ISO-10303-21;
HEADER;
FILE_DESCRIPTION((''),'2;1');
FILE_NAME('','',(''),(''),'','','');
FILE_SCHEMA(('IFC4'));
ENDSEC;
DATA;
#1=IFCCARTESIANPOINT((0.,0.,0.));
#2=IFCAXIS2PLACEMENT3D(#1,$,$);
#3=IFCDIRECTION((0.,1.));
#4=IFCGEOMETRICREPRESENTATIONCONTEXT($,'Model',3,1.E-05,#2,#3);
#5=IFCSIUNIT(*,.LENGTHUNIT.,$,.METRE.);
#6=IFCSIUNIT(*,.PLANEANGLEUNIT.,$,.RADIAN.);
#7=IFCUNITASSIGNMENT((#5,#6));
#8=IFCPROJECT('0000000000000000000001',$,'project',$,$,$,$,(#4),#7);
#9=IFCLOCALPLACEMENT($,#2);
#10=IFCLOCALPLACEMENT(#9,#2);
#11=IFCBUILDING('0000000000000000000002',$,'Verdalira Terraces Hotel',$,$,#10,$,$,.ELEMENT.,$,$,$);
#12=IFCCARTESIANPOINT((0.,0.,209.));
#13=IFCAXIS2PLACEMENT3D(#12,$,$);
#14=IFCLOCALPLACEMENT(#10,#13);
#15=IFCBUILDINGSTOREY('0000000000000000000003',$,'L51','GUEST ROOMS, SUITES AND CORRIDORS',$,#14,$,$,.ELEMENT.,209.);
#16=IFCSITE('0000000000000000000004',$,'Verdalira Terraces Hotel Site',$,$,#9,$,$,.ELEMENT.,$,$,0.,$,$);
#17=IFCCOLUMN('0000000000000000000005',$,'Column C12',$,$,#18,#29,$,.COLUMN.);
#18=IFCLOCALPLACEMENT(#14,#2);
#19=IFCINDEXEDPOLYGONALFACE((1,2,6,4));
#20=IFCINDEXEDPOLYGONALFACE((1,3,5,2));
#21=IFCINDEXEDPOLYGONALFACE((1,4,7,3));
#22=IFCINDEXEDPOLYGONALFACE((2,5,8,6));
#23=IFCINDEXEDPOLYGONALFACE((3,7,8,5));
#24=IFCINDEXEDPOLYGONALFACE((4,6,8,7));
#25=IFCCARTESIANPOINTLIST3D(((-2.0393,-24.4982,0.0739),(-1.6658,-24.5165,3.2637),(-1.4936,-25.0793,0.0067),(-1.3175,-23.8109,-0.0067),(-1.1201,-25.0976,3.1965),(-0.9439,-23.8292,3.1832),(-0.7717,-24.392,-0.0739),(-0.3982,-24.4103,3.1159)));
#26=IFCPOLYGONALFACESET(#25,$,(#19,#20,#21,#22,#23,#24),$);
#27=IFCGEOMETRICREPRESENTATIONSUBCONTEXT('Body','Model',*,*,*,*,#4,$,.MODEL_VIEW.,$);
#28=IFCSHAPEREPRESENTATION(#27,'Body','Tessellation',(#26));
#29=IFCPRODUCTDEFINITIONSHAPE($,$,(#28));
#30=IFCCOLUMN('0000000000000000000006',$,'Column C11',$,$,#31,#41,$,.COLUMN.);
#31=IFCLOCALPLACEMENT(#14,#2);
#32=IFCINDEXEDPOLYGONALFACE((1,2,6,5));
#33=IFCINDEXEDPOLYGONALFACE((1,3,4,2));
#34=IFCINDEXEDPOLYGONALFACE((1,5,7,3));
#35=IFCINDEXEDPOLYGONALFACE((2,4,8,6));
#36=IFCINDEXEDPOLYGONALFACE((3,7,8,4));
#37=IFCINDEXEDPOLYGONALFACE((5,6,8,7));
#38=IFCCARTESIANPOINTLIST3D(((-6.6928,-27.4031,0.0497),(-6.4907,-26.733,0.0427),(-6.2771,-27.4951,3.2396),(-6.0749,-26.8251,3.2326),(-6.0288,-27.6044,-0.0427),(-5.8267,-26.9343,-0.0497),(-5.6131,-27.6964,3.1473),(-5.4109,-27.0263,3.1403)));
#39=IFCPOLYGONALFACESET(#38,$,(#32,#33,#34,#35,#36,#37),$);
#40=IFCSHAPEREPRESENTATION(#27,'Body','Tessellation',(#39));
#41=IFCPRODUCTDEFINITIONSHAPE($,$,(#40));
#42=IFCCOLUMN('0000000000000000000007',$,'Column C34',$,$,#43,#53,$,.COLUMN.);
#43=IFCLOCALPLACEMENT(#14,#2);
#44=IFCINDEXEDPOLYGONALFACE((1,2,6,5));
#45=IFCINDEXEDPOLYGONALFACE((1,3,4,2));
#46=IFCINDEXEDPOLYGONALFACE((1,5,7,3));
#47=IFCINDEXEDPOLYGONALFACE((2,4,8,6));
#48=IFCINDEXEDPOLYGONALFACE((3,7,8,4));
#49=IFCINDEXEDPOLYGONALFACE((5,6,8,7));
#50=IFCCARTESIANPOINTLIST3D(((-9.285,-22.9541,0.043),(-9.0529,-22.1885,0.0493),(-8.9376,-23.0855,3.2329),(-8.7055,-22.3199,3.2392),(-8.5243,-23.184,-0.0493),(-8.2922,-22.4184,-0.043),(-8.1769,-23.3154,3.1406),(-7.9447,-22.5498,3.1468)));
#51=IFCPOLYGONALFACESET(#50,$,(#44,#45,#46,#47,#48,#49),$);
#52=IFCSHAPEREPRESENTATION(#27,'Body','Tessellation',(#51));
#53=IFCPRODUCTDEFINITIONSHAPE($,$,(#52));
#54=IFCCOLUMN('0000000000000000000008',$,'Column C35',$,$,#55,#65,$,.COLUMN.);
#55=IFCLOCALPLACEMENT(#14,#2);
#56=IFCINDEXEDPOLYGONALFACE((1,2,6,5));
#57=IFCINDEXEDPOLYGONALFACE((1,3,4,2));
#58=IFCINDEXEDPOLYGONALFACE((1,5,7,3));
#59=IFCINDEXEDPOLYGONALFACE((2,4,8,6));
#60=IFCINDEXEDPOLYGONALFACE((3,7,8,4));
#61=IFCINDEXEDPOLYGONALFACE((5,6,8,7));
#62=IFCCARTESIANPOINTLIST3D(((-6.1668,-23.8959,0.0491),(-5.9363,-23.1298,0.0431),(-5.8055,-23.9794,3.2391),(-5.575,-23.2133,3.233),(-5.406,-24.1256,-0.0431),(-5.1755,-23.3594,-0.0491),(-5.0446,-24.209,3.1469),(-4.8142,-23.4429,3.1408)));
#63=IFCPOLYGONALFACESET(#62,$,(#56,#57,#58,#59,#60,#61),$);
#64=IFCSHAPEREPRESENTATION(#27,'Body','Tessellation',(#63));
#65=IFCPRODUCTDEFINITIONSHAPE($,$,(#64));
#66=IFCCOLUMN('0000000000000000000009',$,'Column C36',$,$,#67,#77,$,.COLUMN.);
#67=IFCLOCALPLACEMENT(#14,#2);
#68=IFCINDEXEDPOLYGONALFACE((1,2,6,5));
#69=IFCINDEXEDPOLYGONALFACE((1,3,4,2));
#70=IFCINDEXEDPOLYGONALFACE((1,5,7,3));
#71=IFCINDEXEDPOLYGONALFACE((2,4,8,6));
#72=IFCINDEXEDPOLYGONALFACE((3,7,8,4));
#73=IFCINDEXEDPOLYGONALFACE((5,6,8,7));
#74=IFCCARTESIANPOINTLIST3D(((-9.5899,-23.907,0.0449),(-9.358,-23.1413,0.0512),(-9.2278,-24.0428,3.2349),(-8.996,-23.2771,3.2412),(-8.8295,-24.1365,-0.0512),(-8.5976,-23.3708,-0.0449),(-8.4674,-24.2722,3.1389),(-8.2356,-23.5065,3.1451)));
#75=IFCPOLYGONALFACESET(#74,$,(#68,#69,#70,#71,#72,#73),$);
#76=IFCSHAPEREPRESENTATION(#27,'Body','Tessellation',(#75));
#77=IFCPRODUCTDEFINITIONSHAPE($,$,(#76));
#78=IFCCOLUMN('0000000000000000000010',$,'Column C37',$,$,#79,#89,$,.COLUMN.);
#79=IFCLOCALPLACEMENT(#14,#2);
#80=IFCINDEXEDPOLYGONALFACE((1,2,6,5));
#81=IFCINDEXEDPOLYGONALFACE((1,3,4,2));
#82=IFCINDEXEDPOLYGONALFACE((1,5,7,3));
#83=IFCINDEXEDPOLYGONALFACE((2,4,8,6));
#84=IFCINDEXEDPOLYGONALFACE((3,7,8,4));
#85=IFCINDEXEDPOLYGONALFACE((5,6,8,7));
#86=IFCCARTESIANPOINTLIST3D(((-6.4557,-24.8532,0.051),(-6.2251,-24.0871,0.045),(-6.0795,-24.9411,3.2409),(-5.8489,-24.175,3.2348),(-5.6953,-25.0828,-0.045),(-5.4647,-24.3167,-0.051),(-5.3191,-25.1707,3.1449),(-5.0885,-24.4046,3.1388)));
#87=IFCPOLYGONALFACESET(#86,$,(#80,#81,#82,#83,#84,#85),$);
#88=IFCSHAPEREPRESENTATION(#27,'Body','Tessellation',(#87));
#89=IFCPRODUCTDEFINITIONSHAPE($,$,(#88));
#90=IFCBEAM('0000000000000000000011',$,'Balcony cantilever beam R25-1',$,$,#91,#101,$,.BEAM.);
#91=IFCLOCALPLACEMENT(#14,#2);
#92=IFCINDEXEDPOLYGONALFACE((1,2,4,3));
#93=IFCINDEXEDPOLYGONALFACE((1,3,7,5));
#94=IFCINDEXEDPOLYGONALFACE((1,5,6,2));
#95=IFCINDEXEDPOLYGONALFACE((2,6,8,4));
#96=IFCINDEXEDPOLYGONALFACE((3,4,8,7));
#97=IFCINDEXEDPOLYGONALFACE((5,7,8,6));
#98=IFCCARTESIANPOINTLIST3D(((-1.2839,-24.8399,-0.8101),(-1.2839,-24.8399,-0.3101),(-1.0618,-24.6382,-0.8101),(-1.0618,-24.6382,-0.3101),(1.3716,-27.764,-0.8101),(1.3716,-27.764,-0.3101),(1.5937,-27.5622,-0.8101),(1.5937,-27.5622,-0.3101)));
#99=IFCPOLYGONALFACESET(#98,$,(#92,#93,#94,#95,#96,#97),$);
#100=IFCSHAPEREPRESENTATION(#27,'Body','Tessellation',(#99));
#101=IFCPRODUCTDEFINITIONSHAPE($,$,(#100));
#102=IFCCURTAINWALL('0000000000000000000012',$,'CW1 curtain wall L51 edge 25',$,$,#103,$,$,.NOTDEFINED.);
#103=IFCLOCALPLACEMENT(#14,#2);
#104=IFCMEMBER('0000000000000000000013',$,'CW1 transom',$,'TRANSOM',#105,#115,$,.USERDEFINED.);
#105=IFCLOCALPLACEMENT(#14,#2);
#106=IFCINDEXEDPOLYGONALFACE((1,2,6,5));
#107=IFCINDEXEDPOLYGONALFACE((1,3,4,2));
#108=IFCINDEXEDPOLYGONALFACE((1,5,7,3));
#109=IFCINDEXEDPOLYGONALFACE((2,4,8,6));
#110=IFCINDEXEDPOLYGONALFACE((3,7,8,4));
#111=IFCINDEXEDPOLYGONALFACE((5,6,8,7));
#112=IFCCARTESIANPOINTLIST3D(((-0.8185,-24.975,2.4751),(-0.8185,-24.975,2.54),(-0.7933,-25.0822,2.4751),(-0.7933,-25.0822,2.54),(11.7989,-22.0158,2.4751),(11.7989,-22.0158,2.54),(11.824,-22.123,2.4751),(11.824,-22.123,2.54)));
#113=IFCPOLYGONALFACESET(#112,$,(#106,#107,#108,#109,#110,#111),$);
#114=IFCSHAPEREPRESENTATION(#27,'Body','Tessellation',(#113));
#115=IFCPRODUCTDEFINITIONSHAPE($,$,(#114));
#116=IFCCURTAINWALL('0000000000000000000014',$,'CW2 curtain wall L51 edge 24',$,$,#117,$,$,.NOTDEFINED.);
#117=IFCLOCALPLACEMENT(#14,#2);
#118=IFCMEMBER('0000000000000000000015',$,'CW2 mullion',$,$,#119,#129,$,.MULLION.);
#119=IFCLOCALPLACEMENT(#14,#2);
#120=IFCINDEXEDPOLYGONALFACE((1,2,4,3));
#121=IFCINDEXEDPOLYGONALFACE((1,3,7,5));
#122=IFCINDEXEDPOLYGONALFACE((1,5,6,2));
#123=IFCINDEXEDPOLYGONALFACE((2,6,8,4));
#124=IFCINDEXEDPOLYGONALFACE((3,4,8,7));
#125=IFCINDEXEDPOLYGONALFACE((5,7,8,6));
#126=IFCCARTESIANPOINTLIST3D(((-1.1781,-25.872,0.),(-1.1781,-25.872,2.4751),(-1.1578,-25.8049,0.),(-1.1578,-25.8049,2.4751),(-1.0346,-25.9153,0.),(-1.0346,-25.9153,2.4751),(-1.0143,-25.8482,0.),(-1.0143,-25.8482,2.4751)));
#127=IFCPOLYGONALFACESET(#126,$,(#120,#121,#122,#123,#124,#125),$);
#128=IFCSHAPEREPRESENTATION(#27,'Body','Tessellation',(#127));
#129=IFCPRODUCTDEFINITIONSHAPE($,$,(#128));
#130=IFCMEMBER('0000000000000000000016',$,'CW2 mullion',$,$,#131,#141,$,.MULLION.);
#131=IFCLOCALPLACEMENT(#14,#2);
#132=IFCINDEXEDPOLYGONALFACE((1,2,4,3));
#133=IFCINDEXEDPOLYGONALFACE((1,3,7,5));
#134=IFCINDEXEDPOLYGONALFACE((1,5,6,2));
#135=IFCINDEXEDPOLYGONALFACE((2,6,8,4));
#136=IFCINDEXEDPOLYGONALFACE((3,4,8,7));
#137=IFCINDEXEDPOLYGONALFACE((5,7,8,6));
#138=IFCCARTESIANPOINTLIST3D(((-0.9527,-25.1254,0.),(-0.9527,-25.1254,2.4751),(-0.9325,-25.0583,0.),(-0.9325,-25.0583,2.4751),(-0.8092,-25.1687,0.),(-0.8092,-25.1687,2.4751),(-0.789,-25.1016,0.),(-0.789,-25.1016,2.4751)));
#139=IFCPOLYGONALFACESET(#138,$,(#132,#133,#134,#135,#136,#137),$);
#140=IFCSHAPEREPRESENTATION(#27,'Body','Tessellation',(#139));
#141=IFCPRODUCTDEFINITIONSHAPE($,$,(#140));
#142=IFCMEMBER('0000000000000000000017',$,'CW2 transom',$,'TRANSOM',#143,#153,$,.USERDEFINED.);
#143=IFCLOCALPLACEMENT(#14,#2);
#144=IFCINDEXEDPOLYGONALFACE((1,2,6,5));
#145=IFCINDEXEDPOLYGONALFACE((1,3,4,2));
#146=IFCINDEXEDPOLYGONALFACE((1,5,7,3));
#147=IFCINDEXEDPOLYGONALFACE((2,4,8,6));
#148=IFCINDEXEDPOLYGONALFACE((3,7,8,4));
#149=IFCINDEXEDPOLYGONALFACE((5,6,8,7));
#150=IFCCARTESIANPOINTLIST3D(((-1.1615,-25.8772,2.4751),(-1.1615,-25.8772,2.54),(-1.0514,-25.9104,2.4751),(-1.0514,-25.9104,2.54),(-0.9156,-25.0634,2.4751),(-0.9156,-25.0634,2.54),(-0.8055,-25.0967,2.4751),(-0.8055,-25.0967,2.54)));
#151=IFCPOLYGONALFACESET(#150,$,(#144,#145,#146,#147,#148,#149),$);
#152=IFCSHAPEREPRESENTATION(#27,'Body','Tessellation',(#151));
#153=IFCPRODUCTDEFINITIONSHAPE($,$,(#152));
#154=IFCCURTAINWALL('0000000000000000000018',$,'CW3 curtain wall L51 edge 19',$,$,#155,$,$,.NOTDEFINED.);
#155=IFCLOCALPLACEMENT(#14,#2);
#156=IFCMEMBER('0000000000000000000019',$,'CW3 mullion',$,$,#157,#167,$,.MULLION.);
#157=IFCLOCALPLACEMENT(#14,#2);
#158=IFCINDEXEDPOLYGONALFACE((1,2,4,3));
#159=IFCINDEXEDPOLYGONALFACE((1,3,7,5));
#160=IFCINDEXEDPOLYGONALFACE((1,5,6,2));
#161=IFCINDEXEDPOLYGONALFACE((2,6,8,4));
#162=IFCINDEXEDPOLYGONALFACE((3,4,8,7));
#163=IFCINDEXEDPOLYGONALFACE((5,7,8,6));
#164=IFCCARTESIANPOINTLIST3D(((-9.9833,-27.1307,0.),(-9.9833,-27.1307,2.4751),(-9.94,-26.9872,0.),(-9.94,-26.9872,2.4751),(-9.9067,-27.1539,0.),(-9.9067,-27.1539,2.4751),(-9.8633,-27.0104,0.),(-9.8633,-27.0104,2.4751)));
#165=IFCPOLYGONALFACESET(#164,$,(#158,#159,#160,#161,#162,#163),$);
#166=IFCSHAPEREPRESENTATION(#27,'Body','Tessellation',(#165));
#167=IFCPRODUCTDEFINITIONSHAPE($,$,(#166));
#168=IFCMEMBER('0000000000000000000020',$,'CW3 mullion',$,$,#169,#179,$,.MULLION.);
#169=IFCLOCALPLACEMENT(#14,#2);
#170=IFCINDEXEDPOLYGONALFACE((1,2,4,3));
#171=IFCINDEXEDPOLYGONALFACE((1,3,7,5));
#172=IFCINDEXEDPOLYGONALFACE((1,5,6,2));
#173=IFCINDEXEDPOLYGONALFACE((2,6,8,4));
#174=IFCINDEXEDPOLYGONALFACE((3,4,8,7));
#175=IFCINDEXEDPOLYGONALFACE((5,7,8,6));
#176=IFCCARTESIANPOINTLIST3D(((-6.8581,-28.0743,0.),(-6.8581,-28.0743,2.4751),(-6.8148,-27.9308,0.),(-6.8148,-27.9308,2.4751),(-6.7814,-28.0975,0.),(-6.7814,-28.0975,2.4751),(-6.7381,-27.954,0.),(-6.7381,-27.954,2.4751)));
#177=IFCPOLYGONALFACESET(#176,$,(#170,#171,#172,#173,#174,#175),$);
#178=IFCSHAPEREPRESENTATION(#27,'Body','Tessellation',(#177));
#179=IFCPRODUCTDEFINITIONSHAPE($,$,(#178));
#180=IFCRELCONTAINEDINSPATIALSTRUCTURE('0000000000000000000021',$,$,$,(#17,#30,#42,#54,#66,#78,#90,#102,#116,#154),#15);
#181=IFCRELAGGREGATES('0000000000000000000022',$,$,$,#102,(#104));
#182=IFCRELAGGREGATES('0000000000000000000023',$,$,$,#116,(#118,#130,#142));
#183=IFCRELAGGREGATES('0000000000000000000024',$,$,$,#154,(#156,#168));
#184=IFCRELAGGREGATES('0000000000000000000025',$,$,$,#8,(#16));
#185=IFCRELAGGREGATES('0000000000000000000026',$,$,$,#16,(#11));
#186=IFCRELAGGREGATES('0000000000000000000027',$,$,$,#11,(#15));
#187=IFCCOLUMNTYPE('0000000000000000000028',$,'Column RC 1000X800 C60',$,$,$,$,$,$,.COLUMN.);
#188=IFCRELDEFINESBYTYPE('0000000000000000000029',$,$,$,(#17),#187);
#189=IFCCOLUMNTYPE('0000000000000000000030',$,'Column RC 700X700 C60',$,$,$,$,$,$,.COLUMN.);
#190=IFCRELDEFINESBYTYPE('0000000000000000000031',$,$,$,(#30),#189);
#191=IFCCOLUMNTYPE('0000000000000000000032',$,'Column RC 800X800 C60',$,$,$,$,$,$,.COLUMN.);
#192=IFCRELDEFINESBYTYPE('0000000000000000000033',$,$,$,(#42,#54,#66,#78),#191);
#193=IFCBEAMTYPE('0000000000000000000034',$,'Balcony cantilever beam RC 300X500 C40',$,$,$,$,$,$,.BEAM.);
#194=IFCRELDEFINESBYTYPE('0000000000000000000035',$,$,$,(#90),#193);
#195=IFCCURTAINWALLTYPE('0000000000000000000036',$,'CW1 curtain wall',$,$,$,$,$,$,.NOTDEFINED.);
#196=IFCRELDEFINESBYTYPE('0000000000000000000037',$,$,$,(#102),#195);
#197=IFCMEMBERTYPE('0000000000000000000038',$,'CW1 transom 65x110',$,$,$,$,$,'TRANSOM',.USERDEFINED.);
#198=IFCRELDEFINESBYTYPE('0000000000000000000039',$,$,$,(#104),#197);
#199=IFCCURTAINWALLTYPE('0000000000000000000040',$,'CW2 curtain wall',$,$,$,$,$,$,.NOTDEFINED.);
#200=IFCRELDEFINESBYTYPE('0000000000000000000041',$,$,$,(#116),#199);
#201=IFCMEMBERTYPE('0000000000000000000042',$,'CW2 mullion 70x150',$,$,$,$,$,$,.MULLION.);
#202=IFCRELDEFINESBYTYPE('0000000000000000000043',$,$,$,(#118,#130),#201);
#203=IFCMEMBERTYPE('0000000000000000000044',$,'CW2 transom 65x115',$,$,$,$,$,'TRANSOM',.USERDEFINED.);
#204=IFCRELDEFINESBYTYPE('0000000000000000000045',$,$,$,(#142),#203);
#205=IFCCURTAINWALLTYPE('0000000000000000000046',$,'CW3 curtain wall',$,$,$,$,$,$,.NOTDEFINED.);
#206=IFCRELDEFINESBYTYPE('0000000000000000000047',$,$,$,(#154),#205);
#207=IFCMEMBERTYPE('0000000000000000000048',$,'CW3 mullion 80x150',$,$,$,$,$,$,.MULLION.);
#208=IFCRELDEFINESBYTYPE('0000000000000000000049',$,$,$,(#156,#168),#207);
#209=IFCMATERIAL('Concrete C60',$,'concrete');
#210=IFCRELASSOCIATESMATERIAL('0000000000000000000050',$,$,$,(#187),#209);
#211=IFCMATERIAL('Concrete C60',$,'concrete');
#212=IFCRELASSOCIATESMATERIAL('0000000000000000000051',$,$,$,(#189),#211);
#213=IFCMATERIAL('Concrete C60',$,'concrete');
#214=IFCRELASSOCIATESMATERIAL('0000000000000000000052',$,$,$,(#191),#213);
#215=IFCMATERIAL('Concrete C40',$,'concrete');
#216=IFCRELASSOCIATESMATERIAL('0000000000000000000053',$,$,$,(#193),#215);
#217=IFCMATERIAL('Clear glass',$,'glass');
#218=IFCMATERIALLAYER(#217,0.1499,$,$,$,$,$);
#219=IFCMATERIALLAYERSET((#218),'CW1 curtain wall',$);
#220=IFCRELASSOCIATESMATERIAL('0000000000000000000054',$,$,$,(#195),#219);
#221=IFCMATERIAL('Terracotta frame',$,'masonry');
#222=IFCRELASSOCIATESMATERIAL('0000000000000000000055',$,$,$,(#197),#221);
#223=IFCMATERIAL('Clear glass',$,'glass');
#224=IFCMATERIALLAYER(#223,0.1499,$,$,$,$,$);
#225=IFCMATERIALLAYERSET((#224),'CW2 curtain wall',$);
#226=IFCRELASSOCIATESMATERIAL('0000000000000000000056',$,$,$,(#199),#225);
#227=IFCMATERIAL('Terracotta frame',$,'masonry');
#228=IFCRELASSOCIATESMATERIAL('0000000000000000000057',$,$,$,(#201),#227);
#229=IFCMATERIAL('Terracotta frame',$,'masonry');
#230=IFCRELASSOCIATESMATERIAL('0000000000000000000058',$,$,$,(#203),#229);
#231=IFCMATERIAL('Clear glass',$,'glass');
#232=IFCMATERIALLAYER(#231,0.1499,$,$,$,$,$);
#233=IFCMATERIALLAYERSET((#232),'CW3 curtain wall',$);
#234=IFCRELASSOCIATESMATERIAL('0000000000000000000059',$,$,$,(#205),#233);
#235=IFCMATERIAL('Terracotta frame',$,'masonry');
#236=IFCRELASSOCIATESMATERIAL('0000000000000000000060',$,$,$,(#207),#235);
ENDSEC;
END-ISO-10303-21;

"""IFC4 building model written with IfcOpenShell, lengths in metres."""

from ifc_helpers import new_model, si_unit, direction, frame, origin, origin_2d, place, context, subcontext, project, spatial, rectangle, extrude, material, layer, layer_set, material_profile, profile_set, type_object, element, aggregate, save


model = new_model("IFC4")

# Units and contexts
model_context = context("Model", 3, precision=1e-05, world=origin(), true_north=direction((0.0, 1.0)))
body_context = subcontext(model_context, "Body", "Model", "MODEL_VIEW")
ifc_project = project(units=[si_unit("LENGTHUNIT", "METRE"), si_unit("PLANEANGLEUNIT", "RADIAN")], contexts=[model_context])

# Site, building, storey
site_placement = place(None, origin())
site = spatial("IfcSite", under=ifc_project, at=site_placement, Name="Verdalira Terraces Hotel Site", CompositionType="ELEMENT", RefElevation=0.0)
building_placement = place(site_placement, origin())
building = spatial("IfcBuilding", under=site, at=building_placement, Name="Verdalira Terraces Hotel", CompositionType="ELEMENT")
storey_placement = place(building_placement, frame((0.0, 0.0, 209.0)))
storey = spatial("IfcBuildingStorey", under=building, at=storey_placement, Name="L51", Description="GUEST ROOMS, SUITES AND CORRIDORS", CompositionType="ELEMENT", Elevation=209.0)

# Columns
ifc_material_1 = material(Name="Concrete C60", Category="concrete")
ifc_material_profile_1 = material_profile(ifc_material_1, rectangle(XDim=1.0, YDim=0.8, at=origin_2d()), Name="RC 1000X800")
ifc_profile_set_1 = profile_set([ifc_material_profile_1], Name="Concrete C60")
column_type_1 = type_object("IfcColumnType", Name="Column RC 1000X800 C60", PredefinedType="COLUMN", material=ifc_profile_set_1)
column_1_placement = place(storey_placement, frame((-1.4055, -24.4451, 0.0), z_axis=(0.116301, -0.005701, 0.993198), x_axis=(-0.721881, -0.68731, 0.080585)))
element("IfcColumn", 1, at=column_1_placement, inside=storey, type_object=column_type_1, Name="Column C12", PredefinedType="COLUMN", context=body_context, shape_type="SweptSolid", body=[
    extrude(rectangle(XDim=1.0, YDim=0.8, at=origin_2d()), origin(), (0.0, 0.0, 1.0), 3.2117),
])
ifc_material_2 = material(Name="Concrete C60", Category="concrete")
ifc_material_profile_2 = material_profile(ifc_material_2, rectangle(XDim=0.7, YDim=0.7, at=origin_2d()), Name="RC 700X700")
ifc_profile_set_2 = profile_set([ifc_material_profile_2], Name="Concrete C60")
column_type_2 = type_object("IfcColumnType", Name="Column RC 700X700 C60", PredefinedType="COLUMN", material=ifc_profile_set_2)
column_2_placement = place(storey_placement, frame((-6.2598, -27.1687, 0.0), z_axis=(0.129192, -0.0286, 0.991207), x_axis=(0.948629, -0.287568, -0.13194)))
element("IfcColumn", 2, at=column_2_placement, inside=storey, type_object=column_type_2, Name="Column C11", PredefinedType="COLUMN", context=body_context, shape_type="SweptSolid", body=[
    extrude(rectangle(XDim=0.7, YDim=0.7, at=origin_2d()), origin(), (0.0, 0.0, 1.0), 3.2183),
])
ifc_material_3 = material(Name="Concrete C60", Category="concrete")
ifc_material_profile_3 = material_profile(ifc_material_3, rectangle(XDim=0.8, YDim=0.8, at=origin_2d()), Name="RC 800X800")
ifc_profile_set_3 = profile_set([ifc_material_profile_3], Name="Concrete C60")
column_type_3 = type_object("IfcColumnType", Name="Column RC 800X800 C60", PredefinedType="COLUMN", material=ifc_profile_set_3)
for number, where, z_axis, x_axis, name in (
    (3, (-8.7886, -22.6863, 0.0), (0.108178, -0.040899, 0.99329), (-0.290127, -0.956956, -0.007806), "Column C34"),
    (4, (-5.6711, -23.6277, 0.0), (0.112513, -0.026, 0.99331), (-0.288091, -0.957573, 0.007568), "Column C35"),
):
    element("IfcColumn", number, at=place(storey_placement, frame(where, z_axis=z_axis, x_axis=x_axis)), inside=storey, type_object=column_type_3, Name=name, PredefinedType="COLUMN", context=body_context, shape_type="SweptSolid", body=[
        extrude(rectangle(XDim=0.8, YDim=0.8, at=origin_2d()), origin(), (0.0, 0.0, 1.0), 3.2114),
    ])
column_3_placement = place(storey_placement, frame((-9.0938, -23.6389, 0.0), z_axis=(0.112676, -0.042244, 0.992733), x_axis=(-0.289771, -0.957064, -0.007837)))
element("IfcColumn", 5, at=column_3_placement, inside=storey, type_object=column_type_3, Name="Column C36", PredefinedType="COLUMN", context=body_context, shape_type="SweptSolid", body=[
    extrude(rectangle(XDim=0.8, YDim=0.8, at=origin_2d()), origin(), (0.0, 0.0, 1.0), 3.2134),
])
column_4_placement = place(storey_placement, frame((-5.9602, -24.585, 0.0), z_axis=(0.117084, -0.027353, 0.992745), x_axis=(-0.288174, -0.957548, 0.007604)))
element("IfcColumn", 6, at=column_4_placement, inside=storey, type_object=column_type_3, Name="Column C37", PredefinedType="COLUMN", context=body_context, shape_type="SweptSolid", body=[
    extrude(rectangle(XDim=0.8, YDim=0.8, at=origin_2d()), origin(), (0.0, 0.0, 1.0), 3.2131),
])

# Beam
ifc_material_4 = material(Name="Concrete C40", Category="concrete")
ifc_material_profile_4 = material_profile(ifc_material_4, rectangle(XDim=0.3, YDim=0.5, at=origin_2d()), Name="RC 300X500")
ifc_profile_set_4 = profile_set([ifc_material_profile_4], Name="Concrete C40")
beam_type_1 = type_object("IfcBeamType", Name="Balcony cantilever beam RC 300X500 C40", PredefinedType="BEAM", material=ifc_profile_set_4)
beam_1_placement = place(storey_placement, frame((-1.1729, -24.739, -0.5601), z_axis=(0.672294, -0.740284, 0.0), x_axis=(0.740284, 0.672294, 0.0)))
element("IfcBeam", 7, at=beam_1_placement, inside=storey, type_object=beam_type_1, Name="Balcony cantilever beam R25-1", PredefinedType="BEAM", context=body_context, shape_type="SweptSolid", body=[
    extrude(rectangle(XDim=0.3, YDim=0.5, at=origin_2d()), origin(), (0.0, 0.0, 1.0), 3.95),
])

# Curtain wall, member
ifc_material_5 = material(Name="Clear glass", Category="glass")
ifc_layer_1 = layer(ifc_material_5, 0.1499)
ifc_layer_set_1 = layer_set([ifc_layer_1], Name="CW1 curtain wall")
curtain_wall_type_1 = type_object("IfcCurtainWallType", Name="CW1 curtain wall", PredefinedType="NOTDEFINED", material=ifc_layer_set_1)
curtain_wall_1_placement = place(storey_placement, origin())
curtain_wall_1 = element("IfcCurtainWall", 8, at=curtain_wall_1_placement, inside=storey, type_object=curtain_wall_type_1, Name="CW1 curtain wall L51 edge 25", PredefinedType="NOTDEFINED")
ifc_material_6 = material(Name="Terracotta frame", Category="masonry")
ifc_material_profile_5 = material_profile(ifc_material_6, rectangle(XDim=0.1101, YDim=0.0649, at=origin_2d()), Name="TR 65x110")
ifc_profile_set_5 = profile_set([ifc_material_profile_5], Name="Terracotta frame")
member_type_1 = type_object("IfcMemberType", Name="CW1 transom 65x110", ElementType="TRANSOM", PredefinedType="USERDEFINED", material=ifc_profile_set_5)
member_1_placement = place(storey_placement, frame((-0.8059, -25.0286, 2.5076), z_axis=(0.973582, 0.228339, 0.0), x_axis=(-0.228339, 0.973582, 0.0)))
member_1 = element("IfcMember", 9, at=member_1_placement, type_object=member_type_1, Name="CW1 transom", ObjectType="TRANSOM", PredefinedType="USERDEFINED", context=body_context, shape_type="SweptSolid", body=[
    extrude(rectangle(XDim=0.1101, YDim=0.0649, at=origin_2d()), origin(), (0.0, 0.0, 1.0), 12.9597),
])
aggregate(curtain_wall_1, [member_1])

# Curtain walls, members
ifc_material_7 = material(Name="Clear glass", Category="glass")
ifc_layer_2 = layer(ifc_material_7, 0.1499)
ifc_layer_set_2 = layer_set([ifc_layer_2], Name="CW2 curtain wall")
curtain_wall_type_2 = type_object("IfcCurtainWallType", Name="CW2 curtain wall", PredefinedType="NOTDEFINED", material=ifc_layer_set_2)
curtain_wall_2_placement = place(storey_placement, origin())
curtain_wall_2 = element("IfcCurtainWall", 10, at=curtain_wall_2_placement, inside=storey, type_object=curtain_wall_type_2, Name="CW2 curtain wall L51 edge 24", PredefinedType="NOTDEFINED")
ifc_material_8 = material(Name="Terracotta frame", Category="masonry")
ifc_material_profile_6 = material_profile(ifc_material_8, rectangle(XDim=0.0701, YDim=0.1499, at=origin_2d()), Name="MU 70x150")
ifc_profile_set_6 = profile_set([ifc_material_profile_6], Name="Terracotta frame")
member_type_2 = type_object("IfcMemberType", Name="CW2 mullion 70x150", PredefinedType="MULLION", material=ifc_profile_set_6)
member_2_placement = place(storey_placement, frame((-1.0962, -25.8601, 0.0), z_axis=(0.0, 0.0, 1.0), x_axis=(0.289032, 0.957319, 0.0)))
member_2 = element("IfcMember", 11, at=member_2_placement, type_object=member_type_2, Name="CW2 mullion", PredefinedType="MULLION", context=body_context, shape_type="SweptSolid", body=[
    extrude(rectangle(XDim=0.0701, YDim=0.1499, at=origin_2d()), origin(), (0.0, 0.0, 1.0), 2.4751),
])
member_3_placement = place(storey_placement, frame((-0.8709, -25.1135, 0.0), z_axis=(0.0, 0.0, 1.0), x_axis=(0.289032, 0.957319, 0.0)))
member_3 = element("IfcMember", 12, at=member_3_placement, type_object=member_type_2, Name="CW2 mullion", PredefinedType="MULLION", context=body_context, shape_type="SweptSolid", body=[
    extrude(rectangle(XDim=0.0701, YDim=0.1499, at=origin_2d()), origin(), (0.0, 0.0, 1.0), 2.4751),
])
ifc_material_9 = material(Name="Terracotta frame", Category="masonry")
ifc_material_profile_7 = material_profile(ifc_material_9, rectangle(XDim=0.115, YDim=0.0649, at=origin_2d()), Name="TR 65x115")
ifc_profile_set_7 = profile_set([ifc_material_profile_7], Name="Terracotta frame")
member_type_3 = type_object("IfcMemberType", Name="CW2 transom 65x115", ElementType="TRANSOM", PredefinedType="USERDEFINED", material=ifc_profile_set_7)
member_4_placement = place(storey_placement, frame((-1.1064, -25.8938, 2.5076), z_axis=(0.289218, 0.957263, 0.0), x_axis=(-0.957263, 0.289218, 0.0)))
member_4 = element("IfcMember", 13, at=member_4_placement, type_object=member_type_3, Name="CW2 transom", ObjectType="TRANSOM", PredefinedType="USERDEFINED", context=body_context, shape_type="SweptSolid", body=[
    extrude(rectangle(XDim=0.115, YDim=0.0649, at=origin_2d()), origin(), (0.0, 0.0, 1.0), 0.8501),
])
ifc_material_10 = material(Name="Clear glass", Category="glass")
ifc_layer_3 = layer(ifc_material_10, 0.1499)
ifc_layer_set_3 = layer_set([ifc_layer_3], Name="CW3 curtain wall")
curtain_wall_type_3 = type_object("IfcCurtainWallType", Name="CW3 curtain wall", PredefinedType="NOTDEFINED", material=ifc_layer_set_3)
curtain_wall_3_placement = place(storey_placement, origin())
curtain_wall_3 = element("IfcCurtainWall", 14, at=curtain_wall_3_placement, inside=storey, type_object=curtain_wall_type_3, Name="CW3 curtain wall L51 edge 19", PredefinedType="NOTDEFINED")
ifc_material_11 = material(Name="Terracotta frame", Category="masonry")
ifc_material_profile_8 = material_profile(ifc_material_11, rectangle(XDim=0.0801, YDim=0.1499, at=origin_2d()), Name="MU 80x150")
ifc_profile_set_8 = profile_set([ifc_material_profile_8], Name="Terracotta frame")
member_type_4 = type_object("IfcMemberType", Name="CW3 mullion 80x150", PredefinedType="MULLION", material=ifc_profile_set_8)
member_5_placement = place(storey_placement, frame((-9.9233, -27.0706, 0.0), z_axis=(0.0, 0.0, 1.0), x_axis=(0.957319, -0.289032, 0.0)))
member_5 = element("IfcMember", 15, at=member_5_placement, type_object=member_type_4, Name="CW3 mullion", PredefinedType="MULLION", context=body_context, shape_type="SweptSolid", body=[
    extrude(rectangle(XDim=0.0801, YDim=0.1499, at=origin_2d()), origin(), (0.0, 0.0, 1.0), 2.4751),
])
member_6_placement = place(storey_placement, frame((-6.7981, -28.0142, 0.0), z_axis=(0.0, 0.0, 1.0), x_axis=(0.957319, -0.289032, 0.0)))
member_6 = element("IfcMember", 16, at=member_6_placement, type_object=member_type_4, Name="CW3 mullion", PredefinedType="MULLION", context=body_context, shape_type="SweptSolid", body=[
    extrude(rectangle(XDim=0.0801, YDim=0.1499, at=origin_2d()), origin(), (0.0, 0.0, 1.0), 2.4751),
])

aggregate(curtain_wall_2, [member_2, member_3, member_4])
aggregate(curtain_wall_3, [member_5, member_6])

save(model, "model.ifc")
